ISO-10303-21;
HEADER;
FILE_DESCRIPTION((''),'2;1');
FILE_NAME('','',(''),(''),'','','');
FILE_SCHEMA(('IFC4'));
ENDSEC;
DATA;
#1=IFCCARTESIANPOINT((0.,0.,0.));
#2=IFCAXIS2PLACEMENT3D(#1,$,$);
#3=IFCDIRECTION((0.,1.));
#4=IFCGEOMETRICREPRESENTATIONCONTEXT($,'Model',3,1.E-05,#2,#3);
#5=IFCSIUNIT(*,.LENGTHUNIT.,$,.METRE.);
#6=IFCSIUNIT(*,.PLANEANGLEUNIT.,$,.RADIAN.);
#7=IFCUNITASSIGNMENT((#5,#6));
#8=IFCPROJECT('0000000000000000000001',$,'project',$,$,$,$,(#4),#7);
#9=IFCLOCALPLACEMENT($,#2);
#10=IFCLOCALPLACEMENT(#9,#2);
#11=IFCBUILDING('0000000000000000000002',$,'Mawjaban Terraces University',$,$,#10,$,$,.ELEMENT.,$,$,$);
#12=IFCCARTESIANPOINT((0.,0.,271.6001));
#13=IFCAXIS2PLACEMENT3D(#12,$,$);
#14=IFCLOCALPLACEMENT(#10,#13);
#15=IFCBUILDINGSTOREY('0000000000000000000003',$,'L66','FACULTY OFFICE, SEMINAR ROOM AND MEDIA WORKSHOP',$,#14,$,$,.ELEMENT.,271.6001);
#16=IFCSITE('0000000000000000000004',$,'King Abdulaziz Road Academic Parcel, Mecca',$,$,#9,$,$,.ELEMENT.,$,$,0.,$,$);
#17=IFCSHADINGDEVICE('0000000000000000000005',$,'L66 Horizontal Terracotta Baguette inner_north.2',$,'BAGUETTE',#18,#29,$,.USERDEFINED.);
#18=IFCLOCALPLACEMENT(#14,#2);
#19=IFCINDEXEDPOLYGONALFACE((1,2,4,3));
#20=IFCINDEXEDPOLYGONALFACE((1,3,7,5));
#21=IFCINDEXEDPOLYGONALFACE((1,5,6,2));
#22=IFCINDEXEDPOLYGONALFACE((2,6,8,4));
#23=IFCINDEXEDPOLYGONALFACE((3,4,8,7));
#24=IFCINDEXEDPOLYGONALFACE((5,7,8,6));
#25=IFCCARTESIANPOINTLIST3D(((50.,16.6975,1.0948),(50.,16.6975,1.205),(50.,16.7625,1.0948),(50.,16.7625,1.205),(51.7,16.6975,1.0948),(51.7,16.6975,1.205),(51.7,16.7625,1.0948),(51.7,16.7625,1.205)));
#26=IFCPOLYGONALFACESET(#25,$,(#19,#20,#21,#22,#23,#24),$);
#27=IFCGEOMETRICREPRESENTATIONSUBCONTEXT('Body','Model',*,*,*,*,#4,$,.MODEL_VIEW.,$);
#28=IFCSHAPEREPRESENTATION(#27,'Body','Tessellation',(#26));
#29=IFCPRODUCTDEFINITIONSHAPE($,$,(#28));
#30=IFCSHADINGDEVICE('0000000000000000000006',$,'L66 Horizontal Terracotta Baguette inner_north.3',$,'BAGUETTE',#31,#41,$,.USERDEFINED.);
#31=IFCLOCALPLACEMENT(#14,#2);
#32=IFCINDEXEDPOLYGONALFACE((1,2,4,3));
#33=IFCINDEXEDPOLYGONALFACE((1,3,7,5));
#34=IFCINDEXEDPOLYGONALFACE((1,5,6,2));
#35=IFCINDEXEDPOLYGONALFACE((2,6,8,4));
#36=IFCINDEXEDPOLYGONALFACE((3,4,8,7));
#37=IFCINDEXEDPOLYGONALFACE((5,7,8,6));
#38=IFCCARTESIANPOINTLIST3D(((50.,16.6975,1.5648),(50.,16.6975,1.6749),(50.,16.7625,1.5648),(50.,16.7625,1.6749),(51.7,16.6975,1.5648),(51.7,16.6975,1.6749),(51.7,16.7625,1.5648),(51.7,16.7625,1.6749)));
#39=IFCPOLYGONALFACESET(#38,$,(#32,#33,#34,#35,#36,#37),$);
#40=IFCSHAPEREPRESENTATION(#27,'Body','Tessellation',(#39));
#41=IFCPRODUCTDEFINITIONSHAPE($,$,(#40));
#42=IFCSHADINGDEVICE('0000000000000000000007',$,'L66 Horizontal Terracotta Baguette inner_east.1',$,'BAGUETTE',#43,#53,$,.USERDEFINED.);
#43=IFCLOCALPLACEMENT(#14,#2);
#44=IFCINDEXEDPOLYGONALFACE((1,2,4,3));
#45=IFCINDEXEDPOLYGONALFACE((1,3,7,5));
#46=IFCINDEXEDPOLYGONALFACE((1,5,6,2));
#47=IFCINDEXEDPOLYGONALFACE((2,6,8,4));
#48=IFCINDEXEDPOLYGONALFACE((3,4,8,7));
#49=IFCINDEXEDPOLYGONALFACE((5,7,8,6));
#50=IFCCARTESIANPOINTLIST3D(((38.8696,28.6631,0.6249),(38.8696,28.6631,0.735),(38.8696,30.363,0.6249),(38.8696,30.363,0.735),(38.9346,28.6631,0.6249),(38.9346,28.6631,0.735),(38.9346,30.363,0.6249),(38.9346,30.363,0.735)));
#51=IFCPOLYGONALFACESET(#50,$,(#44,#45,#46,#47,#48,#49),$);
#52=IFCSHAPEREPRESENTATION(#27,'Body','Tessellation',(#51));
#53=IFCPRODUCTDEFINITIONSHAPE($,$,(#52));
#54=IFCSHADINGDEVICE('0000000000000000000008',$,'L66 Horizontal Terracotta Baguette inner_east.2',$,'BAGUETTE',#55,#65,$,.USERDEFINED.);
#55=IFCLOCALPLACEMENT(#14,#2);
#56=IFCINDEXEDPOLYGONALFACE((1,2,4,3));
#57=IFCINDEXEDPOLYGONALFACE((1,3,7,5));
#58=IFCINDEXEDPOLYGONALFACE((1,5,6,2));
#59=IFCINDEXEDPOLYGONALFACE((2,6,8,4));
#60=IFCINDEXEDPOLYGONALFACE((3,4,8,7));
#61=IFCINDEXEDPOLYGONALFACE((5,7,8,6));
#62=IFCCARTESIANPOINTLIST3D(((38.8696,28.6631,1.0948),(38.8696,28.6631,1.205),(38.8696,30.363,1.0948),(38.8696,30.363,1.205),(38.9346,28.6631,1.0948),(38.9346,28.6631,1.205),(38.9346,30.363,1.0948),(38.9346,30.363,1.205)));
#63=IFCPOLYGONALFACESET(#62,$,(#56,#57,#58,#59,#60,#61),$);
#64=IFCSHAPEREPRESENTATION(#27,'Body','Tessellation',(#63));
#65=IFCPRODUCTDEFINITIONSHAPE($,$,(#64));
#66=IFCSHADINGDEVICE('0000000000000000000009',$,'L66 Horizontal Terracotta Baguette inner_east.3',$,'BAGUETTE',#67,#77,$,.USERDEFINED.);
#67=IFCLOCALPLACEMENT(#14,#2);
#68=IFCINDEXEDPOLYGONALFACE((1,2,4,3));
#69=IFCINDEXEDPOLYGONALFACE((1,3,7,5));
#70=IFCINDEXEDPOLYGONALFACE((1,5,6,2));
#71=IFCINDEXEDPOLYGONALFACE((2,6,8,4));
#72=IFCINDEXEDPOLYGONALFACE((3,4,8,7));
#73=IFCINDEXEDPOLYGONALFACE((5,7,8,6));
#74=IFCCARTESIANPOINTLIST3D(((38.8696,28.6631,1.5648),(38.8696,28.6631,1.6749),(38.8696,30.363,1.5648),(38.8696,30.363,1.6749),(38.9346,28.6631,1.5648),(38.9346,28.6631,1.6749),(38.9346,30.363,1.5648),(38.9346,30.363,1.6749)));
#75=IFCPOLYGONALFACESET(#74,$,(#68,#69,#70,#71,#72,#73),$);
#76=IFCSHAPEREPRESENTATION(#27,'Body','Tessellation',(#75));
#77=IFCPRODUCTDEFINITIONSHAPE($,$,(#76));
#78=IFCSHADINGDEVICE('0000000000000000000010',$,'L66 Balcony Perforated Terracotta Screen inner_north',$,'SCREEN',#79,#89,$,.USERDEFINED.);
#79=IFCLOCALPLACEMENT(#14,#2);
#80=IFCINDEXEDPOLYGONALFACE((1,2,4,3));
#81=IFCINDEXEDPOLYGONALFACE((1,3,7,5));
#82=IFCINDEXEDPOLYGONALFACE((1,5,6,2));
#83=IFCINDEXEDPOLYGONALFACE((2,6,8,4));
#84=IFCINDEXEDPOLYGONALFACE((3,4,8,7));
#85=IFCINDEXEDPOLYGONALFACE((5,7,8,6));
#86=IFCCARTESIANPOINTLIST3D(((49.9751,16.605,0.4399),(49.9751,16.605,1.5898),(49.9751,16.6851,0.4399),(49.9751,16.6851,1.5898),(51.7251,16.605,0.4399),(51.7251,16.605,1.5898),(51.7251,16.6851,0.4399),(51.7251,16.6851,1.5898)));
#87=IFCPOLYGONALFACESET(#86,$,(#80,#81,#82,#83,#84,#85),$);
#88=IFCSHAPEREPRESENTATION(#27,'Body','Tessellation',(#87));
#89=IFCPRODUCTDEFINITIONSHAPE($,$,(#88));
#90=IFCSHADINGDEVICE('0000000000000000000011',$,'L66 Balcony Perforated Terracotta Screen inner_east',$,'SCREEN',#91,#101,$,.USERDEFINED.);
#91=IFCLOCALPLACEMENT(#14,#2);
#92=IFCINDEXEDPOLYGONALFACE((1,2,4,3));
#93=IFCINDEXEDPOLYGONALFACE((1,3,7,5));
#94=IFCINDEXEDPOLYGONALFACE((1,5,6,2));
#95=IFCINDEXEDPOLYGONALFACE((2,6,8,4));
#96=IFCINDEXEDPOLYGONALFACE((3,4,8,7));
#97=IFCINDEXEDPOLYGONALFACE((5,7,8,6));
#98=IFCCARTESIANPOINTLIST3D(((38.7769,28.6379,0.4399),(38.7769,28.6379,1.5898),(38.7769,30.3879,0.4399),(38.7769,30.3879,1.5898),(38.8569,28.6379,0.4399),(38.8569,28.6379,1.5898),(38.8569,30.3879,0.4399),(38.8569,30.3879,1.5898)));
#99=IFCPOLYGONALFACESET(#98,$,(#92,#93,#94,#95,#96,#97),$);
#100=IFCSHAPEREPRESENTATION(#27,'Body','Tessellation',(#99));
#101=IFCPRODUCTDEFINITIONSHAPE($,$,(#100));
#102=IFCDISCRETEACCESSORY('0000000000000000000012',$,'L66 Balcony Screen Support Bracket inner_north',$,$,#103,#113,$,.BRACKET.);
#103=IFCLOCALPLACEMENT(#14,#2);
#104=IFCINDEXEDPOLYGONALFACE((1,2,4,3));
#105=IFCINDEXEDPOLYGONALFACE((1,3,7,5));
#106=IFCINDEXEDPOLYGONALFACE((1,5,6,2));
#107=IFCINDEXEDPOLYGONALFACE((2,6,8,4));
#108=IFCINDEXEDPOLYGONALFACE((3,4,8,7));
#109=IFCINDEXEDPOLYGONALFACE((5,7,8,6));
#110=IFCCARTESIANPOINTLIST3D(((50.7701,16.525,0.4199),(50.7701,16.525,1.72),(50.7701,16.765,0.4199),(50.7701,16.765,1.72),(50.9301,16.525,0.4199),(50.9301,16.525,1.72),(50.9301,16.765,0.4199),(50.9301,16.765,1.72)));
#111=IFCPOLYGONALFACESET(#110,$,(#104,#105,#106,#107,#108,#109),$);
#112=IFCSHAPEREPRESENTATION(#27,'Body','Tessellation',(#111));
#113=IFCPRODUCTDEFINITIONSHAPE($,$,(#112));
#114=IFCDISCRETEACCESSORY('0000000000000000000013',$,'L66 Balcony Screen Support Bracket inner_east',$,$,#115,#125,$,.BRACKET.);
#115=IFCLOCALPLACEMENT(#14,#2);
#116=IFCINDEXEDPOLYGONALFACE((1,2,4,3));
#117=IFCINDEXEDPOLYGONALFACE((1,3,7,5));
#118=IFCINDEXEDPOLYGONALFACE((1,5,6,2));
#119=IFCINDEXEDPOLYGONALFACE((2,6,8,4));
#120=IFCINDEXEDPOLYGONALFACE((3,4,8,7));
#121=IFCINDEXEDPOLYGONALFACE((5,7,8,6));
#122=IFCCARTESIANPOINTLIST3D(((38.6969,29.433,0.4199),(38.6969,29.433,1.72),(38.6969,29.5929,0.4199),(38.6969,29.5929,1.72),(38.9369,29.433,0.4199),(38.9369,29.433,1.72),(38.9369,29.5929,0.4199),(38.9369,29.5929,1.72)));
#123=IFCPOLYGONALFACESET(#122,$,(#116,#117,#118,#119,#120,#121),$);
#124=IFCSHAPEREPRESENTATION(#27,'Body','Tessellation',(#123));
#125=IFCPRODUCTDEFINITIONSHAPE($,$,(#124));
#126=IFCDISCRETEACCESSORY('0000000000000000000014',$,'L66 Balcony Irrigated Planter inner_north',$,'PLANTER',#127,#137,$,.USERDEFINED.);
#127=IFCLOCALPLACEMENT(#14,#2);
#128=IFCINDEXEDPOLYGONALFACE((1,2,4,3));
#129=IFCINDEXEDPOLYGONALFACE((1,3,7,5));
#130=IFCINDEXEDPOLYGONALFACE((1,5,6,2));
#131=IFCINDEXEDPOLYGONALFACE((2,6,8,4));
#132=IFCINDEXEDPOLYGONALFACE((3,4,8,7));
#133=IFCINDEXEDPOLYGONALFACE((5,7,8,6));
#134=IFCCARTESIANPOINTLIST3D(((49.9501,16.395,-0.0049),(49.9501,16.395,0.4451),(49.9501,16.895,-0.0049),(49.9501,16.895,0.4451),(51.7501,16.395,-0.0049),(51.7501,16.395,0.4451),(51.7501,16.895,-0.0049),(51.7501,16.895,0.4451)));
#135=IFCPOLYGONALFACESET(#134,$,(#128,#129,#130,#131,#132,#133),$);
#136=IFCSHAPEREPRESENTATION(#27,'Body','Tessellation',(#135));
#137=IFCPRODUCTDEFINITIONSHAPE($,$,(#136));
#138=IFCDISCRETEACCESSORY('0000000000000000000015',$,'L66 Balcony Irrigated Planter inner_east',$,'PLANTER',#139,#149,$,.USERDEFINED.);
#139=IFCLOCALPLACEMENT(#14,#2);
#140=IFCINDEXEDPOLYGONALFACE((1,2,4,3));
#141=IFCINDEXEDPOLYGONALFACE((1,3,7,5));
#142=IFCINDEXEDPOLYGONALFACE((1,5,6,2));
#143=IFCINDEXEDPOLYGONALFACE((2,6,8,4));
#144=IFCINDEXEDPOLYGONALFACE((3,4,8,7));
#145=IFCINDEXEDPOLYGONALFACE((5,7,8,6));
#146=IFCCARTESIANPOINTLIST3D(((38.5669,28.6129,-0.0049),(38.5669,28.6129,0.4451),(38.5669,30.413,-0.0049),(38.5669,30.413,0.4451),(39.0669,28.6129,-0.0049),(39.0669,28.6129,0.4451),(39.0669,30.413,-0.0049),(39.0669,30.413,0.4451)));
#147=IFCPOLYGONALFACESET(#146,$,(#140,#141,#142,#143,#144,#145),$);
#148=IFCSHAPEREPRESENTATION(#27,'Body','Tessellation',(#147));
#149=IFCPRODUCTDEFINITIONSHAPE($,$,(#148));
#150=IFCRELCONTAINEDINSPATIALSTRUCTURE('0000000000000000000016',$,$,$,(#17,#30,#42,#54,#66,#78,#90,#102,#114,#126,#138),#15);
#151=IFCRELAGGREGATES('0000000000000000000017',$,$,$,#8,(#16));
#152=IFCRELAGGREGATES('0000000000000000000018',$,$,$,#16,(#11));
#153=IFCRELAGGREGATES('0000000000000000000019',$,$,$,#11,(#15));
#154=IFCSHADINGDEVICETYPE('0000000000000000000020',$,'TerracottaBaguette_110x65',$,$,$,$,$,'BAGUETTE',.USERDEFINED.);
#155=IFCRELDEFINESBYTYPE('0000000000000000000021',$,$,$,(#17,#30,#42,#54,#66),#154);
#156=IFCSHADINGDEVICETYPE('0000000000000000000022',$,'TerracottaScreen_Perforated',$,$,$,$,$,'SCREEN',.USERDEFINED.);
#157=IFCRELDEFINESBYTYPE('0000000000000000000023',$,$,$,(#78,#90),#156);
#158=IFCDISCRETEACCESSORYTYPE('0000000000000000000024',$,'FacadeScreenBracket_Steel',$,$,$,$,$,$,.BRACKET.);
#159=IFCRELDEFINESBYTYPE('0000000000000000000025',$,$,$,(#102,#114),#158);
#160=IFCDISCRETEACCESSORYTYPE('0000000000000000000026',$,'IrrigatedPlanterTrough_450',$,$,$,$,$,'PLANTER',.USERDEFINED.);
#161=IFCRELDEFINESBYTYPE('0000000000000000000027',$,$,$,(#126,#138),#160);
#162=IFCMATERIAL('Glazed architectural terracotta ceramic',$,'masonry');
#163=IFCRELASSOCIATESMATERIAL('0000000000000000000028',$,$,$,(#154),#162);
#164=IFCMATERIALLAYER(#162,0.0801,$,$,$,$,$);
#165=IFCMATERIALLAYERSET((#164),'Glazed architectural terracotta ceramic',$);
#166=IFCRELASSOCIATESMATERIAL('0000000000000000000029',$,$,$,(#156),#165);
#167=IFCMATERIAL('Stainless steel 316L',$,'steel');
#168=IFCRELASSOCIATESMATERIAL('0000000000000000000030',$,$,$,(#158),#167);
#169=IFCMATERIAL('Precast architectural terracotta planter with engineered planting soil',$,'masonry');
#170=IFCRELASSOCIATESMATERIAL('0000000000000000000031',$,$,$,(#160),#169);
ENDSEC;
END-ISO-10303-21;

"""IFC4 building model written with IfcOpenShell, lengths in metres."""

from ifc_helpers import new_model, si_unit, direction, frame, origin, origin_2d, place, context, subcontext, project, spatial, rectangle, extrude, material, layer, layer_set, material_profile, profile_set, type_object, element, save


model = new_model("IFC4")

# Units and contexts
model_context = context("Model", 3, precision=1e-05, world=origin(), true_north=direction((0.0, 1.0)))
body_context = subcontext(model_context, "Body", "Model", "MODEL_VIEW")
ifc_project = project(units=[si_unit("LENGTHUNIT", "METRE"), si_unit("PLANEANGLEUNIT", "RADIAN")], contexts=[model_context])

# Site, building, storey
site_placement = place(None, origin())
site = spatial("IfcSite", under=ifc_project, at=site_placement, Name="King Abdulaziz Road Academic Parcel, Mecca", CompositionType="ELEMENT", RefElevation=0.0)
building_placement = place(site_placement, origin())
building = spatial("IfcBuilding", under=site, at=building_placement, Name="Mawjaban Terraces University", CompositionType="ELEMENT")
storey_placement = place(building_placement, frame((0.0, 0.0, 271.6001)))
storey = spatial("IfcBuildingStorey", under=building, at=storey_placement, Name="L66", Description="FACULTY OFFICE, SEMINAR ROOM AND MEDIA WORKSHOP", CompositionType="ELEMENT", Elevation=271.6001)

# Shading devices
ifc_material_1 = material(Name="Glazed architectural terracotta ceramic", Category="masonry")
ifc_material_profile_1 = material_profile(ifc_material_1, rectangle(XDim=0.0649, YDim=0.1101, at=origin_2d()), Name="TBAG110X65")
ifc_profile_set_1 = profile_set([ifc_material_profile_1], Name="Glazed architectural terracotta ceramic")
shading_device_type_1 = type_object("IfcShadingDeviceType", Name="TerracottaBaguette_110x65", ElementType="BAGUETTE", PredefinedType="USERDEFINED", material=ifc_profile_set_1)
for number, where, z_axis, x_axis, name in (
    (1, (50.0, 16.73, 1.1499), (1.0, 0.0, 0.0), (0.0, 1.0, 0.0), "L66 Horizontal Terracotta Baguette inner_north.2"),
    (2, (50.0, 16.73, 1.6199), (1.0, 0.0, 0.0), (0.0, 1.0, 0.0), "L66 Horizontal Terracotta Baguette inner_north.3"),
    (3, (38.9021, 28.6631, 0.6799), (0.0, 1.0, 0.0), (-1.0, 0.0, 0.0), "L66 Horizontal Terracotta Baguette inner_east.1"),
    (4, (38.9021, 28.6631, 1.1499), (0.0, 1.0, 0.0), (-1.0, 0.0, 0.0), "L66 Horizontal Terracotta Baguette inner_east.2"),
    (5, (38.9021, 28.6631, 1.6199), (0.0, 1.0, 0.0), (-1.0, 0.0, 0.0), "L66 Horizontal Terracotta Baguette inner_east.3"),
):
    element("IfcShadingDevice", number, at=place(storey_placement, frame(where, z_axis=z_axis, x_axis=x_axis)), inside=storey, type_object=shading_device_type_1, Name=name, ObjectType="BAGUETTE", PredefinedType="USERDEFINED", context=body_context, shape_type="SweptSolid", body=[
        extrude(rectangle(XDim=0.0649, YDim=0.1101, at=origin_2d()), origin(), (0.0, 0.0, 1.0), 1.7),
    ])
ifc_layer_1 = layer(ifc_material_1, 0.0801)
ifc_layer_set_1 = layer_set([ifc_layer_1], Name="Glazed architectural terracotta ceramic")
shading_device_type_2 = type_object("IfcShadingDeviceType", Name="TerracottaScreen_Perforated", ElementType="SCREEN", PredefinedType="USERDEFINED", material=ifc_layer_set_1)
for number, where, z_axis, x_axis, name in (
    (6, (50.8501, 16.645, 0.4399), (0.0, 0.0, 1.0), (1.0, 0.0, 0.0), "L66 Balcony Perforated Terracotta Screen inner_north"),
    (7, (38.8169, 29.5129, 0.4399), (0.0, 0.0, 1.0), (0.0, 1.0, 0.0), "L66 Balcony Perforated Terracotta Screen inner_east"),
):
    element("IfcShadingDevice", number, at=place(storey_placement, frame(where, z_axis=z_axis, x_axis=x_axis)), inside=storey, type_object=shading_device_type_2, Name=name, ObjectType="SCREEN", PredefinedType="USERDEFINED", context=body_context, shape_type="SweptSolid", body=[
        extrude(rectangle(XDim=1.75, YDim=0.0801, at=origin_2d()), origin(), (0.0, 0.0, 1.0), 1.1499),
    ])

# Discrete accessories
ifc_material_2 = material(Name="Stainless steel 316L", Category="steel")
discrete_accessory_type_1 = type_object("IfcDiscreteAccessoryType", Name="FacadeScreenBracket_Steel", PredefinedType="BRACKET", material=ifc_material_2)
for number, where, z_axis, x_axis, name in (
    (8, (50.8501, 16.645, 0.4199), (0.0, 0.0, 1.0), (1.0, 0.0, 0.0), "L66 Balcony Screen Support Bracket inner_north"),
    (9, (38.8169, 29.5129, 0.4199), (0.0, 0.0, 1.0), (0.0, 1.0, 0.0), "L66 Balcony Screen Support Bracket inner_east"),
):
    element("IfcDiscreteAccessory", number, at=place(storey_placement, frame(where, z_axis=z_axis, x_axis=x_axis)), inside=storey, type_object=discrete_accessory_type_1, Name=name, PredefinedType="BRACKET", context=body_context, shape_type="SweptSolid", body=[
        extrude(rectangle(XDim=0.1599, YDim=0.24, at=origin_2d()), origin(), (0.0, 0.0, 1.0), 1.3),
    ])
ifc_material_3 = material(Name="Precast architectural terracotta planter with engineered planting soil", Category="masonry")
discrete_accessory_type_2 = type_object("IfcDiscreteAccessoryType", Name="IrrigatedPlanterTrough_450", ElementType="PLANTER", PredefinedType="USERDEFINED", material=ifc_material_3)
for number, where, z_axis, x_axis, name in (
    (10, (50.8501, 16.645, -0.0049), (0.0, 0.0, 1.0), (1.0, 0.0, 0.0), "L66 Balcony Irrigated Planter inner_north"),
    (11, (38.8169, 29.5129, -0.0049), (0.0, 0.0, 1.0), (0.0, 1.0, 0.0), "L66 Balcony Irrigated Planter inner_east"),
):
    element("IfcDiscreteAccessory", number, at=place(storey_placement, frame(where, z_axis=z_axis, x_axis=x_axis)), inside=storey, type_object=discrete_accessory_type_2, Name=name, ObjectType="PLANTER", PredefinedType="USERDEFINED", context=body_context, shape_type="SweptSolid", body=[
        extrude(rectangle(XDim=1.8, YDim=0.5, at=origin_2d()), origin(), (0.0, 0.0, 1.0), 0.45),
    ])

save(model, "model.ifc")
